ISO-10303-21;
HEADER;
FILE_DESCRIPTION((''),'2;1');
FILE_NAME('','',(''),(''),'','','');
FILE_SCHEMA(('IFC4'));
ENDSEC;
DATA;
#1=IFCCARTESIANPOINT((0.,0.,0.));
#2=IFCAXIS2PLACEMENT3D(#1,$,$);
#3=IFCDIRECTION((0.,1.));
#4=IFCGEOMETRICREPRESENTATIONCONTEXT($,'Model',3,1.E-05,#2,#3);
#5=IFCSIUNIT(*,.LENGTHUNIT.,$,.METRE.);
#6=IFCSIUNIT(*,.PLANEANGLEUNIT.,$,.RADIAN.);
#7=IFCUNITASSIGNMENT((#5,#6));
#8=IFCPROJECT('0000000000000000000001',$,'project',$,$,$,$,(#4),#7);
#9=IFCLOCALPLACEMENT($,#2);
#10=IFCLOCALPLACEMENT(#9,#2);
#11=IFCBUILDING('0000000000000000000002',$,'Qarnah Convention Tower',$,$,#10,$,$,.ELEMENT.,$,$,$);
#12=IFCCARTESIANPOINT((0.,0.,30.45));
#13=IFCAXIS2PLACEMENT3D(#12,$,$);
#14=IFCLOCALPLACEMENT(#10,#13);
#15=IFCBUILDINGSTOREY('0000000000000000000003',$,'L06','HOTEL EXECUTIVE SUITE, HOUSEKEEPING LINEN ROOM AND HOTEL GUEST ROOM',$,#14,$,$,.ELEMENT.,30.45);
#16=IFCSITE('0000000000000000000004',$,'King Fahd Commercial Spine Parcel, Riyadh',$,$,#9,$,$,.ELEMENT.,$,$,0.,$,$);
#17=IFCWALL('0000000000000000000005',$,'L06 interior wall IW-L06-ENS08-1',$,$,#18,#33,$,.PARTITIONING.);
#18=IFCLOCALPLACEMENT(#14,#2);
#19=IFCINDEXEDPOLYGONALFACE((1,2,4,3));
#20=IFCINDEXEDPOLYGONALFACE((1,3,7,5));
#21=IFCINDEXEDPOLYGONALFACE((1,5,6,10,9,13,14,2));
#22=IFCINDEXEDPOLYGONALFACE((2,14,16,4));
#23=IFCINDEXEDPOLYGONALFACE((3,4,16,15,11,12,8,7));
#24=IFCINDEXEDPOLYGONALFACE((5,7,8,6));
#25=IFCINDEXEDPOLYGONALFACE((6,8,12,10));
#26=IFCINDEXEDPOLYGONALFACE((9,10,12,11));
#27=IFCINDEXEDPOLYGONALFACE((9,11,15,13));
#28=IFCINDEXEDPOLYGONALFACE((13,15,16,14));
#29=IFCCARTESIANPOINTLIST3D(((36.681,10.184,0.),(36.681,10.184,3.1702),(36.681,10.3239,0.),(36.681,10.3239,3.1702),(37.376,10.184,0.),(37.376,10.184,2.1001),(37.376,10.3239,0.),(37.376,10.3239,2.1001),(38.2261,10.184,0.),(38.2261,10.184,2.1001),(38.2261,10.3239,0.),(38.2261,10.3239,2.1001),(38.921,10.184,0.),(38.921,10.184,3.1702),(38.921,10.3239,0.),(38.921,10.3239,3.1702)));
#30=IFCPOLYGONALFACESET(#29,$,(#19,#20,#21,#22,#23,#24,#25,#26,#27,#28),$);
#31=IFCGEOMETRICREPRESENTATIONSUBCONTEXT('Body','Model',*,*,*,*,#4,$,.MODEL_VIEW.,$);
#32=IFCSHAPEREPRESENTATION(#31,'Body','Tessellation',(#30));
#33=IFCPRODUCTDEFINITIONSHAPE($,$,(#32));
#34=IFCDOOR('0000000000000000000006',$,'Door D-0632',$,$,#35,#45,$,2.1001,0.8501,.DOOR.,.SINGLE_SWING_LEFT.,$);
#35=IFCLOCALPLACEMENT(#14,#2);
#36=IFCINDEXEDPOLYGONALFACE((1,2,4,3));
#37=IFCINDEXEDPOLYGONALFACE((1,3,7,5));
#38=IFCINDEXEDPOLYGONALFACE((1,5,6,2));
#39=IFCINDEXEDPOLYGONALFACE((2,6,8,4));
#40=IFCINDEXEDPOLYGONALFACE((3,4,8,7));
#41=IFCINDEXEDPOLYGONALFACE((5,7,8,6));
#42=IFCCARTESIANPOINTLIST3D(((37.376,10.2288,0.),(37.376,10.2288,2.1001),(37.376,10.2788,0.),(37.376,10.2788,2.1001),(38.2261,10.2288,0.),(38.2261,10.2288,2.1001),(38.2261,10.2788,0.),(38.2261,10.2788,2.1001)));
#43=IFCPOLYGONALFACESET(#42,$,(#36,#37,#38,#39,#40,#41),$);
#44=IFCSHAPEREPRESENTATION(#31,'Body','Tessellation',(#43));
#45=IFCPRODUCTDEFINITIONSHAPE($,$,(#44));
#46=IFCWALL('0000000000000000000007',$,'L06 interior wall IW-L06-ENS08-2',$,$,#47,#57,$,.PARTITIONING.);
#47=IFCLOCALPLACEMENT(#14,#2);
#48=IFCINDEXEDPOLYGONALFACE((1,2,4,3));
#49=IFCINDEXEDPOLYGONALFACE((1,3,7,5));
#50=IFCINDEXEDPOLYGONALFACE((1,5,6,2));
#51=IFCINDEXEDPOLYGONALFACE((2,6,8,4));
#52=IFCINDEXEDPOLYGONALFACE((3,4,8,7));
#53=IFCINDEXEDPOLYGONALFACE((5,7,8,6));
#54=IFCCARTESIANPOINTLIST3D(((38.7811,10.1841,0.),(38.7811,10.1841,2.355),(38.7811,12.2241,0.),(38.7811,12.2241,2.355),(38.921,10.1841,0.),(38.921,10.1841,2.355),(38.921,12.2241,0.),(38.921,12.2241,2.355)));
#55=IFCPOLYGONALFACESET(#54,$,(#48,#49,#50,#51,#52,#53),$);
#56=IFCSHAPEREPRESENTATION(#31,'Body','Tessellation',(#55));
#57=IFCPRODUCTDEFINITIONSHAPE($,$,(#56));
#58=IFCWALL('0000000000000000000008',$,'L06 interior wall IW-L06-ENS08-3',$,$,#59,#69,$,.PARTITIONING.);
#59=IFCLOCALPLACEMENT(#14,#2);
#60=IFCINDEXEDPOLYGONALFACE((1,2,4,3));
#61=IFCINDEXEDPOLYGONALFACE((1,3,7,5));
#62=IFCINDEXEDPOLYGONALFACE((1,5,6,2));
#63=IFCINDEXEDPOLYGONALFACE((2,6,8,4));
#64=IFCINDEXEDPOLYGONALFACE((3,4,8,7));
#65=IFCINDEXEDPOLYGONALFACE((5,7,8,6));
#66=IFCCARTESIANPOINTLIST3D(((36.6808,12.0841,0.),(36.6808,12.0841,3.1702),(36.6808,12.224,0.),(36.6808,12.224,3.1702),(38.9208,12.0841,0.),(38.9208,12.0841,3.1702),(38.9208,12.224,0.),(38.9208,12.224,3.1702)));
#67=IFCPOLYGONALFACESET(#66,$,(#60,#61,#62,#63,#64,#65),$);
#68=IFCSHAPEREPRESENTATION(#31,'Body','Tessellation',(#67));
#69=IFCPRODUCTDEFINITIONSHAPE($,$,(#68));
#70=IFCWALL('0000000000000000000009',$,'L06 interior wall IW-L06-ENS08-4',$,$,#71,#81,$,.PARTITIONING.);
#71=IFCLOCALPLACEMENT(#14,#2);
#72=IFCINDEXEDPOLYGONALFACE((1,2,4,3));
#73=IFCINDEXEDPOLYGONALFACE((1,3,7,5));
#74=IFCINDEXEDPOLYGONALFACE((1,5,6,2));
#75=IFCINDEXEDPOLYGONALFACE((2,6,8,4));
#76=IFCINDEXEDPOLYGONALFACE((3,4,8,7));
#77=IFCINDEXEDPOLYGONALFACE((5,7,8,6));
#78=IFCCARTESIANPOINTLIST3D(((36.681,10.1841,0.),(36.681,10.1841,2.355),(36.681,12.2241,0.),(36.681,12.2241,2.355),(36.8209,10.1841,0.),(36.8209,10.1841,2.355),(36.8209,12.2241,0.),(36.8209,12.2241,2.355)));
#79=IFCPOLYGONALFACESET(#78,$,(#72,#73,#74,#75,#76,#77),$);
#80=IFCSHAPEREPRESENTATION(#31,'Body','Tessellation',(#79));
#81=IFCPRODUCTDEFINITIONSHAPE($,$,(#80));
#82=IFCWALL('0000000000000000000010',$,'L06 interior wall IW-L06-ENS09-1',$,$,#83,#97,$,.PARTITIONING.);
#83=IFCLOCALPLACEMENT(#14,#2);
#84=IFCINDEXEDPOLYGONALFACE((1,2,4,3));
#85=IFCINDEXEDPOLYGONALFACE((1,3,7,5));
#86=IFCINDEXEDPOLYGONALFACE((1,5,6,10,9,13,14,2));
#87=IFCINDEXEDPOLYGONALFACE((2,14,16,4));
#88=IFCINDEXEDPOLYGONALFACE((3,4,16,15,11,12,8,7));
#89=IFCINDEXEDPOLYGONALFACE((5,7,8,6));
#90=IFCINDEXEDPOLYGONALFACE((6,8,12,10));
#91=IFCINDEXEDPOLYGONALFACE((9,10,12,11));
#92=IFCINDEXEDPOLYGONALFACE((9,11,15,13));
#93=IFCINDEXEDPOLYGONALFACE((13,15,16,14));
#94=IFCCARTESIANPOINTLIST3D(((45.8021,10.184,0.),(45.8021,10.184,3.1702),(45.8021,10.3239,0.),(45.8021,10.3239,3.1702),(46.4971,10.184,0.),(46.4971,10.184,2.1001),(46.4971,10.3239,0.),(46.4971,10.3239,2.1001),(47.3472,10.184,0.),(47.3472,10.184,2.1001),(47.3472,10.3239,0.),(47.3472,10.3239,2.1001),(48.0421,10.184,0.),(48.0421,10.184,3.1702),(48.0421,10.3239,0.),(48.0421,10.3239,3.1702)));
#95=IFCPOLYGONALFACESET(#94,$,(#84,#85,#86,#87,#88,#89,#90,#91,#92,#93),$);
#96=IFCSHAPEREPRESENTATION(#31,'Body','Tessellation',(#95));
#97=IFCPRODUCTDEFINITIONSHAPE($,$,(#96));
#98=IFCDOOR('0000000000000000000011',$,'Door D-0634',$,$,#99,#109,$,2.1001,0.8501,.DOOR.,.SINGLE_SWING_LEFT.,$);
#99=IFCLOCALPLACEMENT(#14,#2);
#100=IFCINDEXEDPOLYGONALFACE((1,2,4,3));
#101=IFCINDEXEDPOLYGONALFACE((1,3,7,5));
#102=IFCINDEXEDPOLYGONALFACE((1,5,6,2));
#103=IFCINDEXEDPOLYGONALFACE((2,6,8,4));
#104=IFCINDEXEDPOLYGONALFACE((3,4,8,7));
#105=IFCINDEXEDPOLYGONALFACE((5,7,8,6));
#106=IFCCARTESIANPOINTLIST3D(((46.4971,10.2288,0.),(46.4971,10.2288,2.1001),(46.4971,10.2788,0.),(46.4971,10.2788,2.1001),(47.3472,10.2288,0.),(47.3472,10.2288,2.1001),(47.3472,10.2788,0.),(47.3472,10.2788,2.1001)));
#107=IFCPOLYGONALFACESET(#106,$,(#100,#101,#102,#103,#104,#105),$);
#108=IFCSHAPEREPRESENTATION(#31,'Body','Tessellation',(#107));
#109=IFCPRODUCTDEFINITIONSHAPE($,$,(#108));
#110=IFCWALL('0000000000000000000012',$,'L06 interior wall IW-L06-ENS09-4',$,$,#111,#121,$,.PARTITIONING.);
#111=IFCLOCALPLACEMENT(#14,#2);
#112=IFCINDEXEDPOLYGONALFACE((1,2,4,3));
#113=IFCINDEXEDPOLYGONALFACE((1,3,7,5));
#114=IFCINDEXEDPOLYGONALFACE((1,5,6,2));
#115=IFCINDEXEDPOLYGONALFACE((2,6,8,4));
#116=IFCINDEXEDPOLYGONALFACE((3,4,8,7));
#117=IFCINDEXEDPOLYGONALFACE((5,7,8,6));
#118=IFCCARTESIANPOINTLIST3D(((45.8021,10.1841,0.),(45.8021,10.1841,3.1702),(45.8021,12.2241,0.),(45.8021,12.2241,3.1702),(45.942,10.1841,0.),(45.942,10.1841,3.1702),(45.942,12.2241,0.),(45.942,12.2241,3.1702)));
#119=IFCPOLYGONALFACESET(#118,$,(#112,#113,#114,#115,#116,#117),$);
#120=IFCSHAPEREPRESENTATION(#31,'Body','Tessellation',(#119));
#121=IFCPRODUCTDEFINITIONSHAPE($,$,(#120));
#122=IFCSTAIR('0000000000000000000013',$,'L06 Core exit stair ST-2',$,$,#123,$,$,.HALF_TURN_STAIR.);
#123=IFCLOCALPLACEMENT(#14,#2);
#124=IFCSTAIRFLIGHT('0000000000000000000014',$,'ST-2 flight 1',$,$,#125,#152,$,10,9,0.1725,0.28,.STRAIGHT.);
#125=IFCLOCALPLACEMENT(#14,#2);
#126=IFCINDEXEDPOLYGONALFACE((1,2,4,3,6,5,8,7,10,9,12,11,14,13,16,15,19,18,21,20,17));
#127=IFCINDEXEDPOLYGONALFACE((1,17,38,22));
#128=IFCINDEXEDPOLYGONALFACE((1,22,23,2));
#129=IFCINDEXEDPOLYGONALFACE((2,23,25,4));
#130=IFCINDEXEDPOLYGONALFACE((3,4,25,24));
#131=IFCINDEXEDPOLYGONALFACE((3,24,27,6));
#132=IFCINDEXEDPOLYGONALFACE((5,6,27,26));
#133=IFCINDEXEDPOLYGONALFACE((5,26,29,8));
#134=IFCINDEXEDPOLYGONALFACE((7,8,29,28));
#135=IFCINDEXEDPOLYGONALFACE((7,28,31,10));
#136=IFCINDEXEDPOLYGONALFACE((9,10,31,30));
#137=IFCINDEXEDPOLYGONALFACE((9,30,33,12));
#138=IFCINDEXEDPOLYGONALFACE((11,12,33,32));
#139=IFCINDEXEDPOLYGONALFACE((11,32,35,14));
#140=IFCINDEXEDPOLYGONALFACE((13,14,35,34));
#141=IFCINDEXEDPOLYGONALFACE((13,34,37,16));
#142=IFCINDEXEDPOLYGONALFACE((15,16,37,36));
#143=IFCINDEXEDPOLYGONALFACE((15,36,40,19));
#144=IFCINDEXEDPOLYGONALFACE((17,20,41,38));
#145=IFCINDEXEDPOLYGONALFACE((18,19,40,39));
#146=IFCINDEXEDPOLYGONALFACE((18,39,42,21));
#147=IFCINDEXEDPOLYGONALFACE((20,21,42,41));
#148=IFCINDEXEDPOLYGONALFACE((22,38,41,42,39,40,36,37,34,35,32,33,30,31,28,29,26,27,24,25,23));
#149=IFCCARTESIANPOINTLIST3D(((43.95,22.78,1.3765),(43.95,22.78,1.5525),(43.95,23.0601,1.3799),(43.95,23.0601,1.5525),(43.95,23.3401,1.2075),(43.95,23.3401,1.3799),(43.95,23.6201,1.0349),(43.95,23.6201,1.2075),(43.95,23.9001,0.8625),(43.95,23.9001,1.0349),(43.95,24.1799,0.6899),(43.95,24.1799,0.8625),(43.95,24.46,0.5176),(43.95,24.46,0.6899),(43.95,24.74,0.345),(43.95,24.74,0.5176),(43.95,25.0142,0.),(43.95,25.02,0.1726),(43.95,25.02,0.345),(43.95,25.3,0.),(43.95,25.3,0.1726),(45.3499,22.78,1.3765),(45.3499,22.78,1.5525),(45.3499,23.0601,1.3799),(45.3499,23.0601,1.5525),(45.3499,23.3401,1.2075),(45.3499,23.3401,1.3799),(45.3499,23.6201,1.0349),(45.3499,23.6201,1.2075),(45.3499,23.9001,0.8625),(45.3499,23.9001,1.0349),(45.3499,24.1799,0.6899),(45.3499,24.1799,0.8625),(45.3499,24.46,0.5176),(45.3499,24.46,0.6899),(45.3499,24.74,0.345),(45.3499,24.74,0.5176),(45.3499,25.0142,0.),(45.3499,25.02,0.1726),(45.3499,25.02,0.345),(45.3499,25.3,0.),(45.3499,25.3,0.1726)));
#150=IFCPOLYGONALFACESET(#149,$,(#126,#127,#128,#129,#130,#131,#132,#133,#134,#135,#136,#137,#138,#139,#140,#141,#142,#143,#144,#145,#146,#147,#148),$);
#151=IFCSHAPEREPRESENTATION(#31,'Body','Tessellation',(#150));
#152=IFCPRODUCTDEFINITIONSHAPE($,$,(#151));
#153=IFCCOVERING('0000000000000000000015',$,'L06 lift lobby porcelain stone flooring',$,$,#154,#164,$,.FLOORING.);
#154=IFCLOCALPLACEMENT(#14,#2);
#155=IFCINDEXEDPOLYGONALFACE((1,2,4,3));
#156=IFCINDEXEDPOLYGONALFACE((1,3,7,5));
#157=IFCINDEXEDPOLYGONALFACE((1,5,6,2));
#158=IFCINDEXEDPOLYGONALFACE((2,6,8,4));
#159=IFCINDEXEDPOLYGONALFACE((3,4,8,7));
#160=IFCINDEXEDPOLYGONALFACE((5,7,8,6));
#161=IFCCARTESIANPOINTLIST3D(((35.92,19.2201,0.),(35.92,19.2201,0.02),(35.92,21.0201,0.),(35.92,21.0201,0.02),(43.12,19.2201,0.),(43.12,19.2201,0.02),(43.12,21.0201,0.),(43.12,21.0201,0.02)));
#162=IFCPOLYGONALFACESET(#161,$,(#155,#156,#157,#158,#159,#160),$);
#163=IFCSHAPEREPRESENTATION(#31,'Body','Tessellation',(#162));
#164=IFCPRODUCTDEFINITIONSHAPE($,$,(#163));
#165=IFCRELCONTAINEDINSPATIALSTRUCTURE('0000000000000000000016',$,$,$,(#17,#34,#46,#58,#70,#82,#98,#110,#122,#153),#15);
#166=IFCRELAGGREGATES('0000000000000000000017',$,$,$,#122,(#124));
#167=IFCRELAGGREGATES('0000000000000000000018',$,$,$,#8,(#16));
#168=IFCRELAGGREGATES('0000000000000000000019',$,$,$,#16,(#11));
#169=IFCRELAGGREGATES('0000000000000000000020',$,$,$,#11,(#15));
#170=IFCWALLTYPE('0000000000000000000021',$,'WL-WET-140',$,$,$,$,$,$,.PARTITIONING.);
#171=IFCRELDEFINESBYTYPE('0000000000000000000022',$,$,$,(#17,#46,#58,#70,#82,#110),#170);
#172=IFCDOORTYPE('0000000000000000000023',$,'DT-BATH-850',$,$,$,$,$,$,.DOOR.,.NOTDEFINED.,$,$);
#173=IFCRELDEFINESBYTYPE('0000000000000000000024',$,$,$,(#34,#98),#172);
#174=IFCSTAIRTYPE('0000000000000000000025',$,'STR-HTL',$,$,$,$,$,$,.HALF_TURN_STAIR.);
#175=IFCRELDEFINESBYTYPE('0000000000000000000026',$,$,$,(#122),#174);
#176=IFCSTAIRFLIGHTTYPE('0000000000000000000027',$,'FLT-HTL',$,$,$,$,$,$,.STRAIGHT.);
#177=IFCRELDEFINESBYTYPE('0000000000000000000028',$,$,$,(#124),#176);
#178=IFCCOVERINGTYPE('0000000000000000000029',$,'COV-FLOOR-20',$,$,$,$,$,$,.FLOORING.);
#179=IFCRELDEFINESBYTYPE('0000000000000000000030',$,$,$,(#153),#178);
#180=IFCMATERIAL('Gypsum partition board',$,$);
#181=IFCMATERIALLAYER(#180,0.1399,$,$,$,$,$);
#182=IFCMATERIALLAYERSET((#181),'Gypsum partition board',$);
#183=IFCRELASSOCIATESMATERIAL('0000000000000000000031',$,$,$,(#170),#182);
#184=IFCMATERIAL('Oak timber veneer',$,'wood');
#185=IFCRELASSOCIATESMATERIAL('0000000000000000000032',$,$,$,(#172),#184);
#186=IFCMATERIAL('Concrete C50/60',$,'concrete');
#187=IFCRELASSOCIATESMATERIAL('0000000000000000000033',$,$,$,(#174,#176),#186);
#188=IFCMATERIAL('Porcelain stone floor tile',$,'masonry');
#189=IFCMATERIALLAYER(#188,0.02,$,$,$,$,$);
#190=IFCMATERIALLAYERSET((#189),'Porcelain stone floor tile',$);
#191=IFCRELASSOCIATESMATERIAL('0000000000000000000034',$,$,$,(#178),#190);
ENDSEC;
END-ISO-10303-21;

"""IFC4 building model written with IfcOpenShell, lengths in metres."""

from ifc_helpers import new_model, si_unit, direction, frame, frame_2d, origin, origin_2d, place, context, subcontext, project, spatial, polyline, rectangle, outline, extrude, material, layer, layer_set, type_object, element, fill, aggregate, save


model = new_model("IFC4")

# Units and contexts
model_context = context("Model", 3, precision=1e-05, world=origin(), true_north=direction((0.0, 1.0)))
body_context = subcontext(model_context, "Body", "Model", "MODEL_VIEW")
ifc_project = project(units=[si_unit("LENGTHUNIT", "METRE"), si_unit("PLANEANGLEUNIT", "RADIAN")], contexts=[model_context])

# Site, building, storey
site_placement = place(None, origin())
site = spatial("IfcSite", under=ifc_project, at=site_placement, Name="King Fahd Commercial Spine Parcel, Riyadh", CompositionType="ELEMENT", RefElevation=0.0)
building_placement = place(site_placement, origin())
building = spatial("IfcBuilding", under=site, at=building_placement, Name="Qarnah Convention Tower", CompositionType="ELEMENT")
storey_placement = place(building_placement, frame((0.0, 0.0, 30.45)))
storey = spatial("IfcBuildingStorey", under=building, at=storey_placement, Name="L06", Description="HOTEL EXECUTIVE SUITE, HOUSEKEEPING LINEN ROOM AND HOTEL GUEST ROOM", CompositionType="ELEMENT", Elevation=30.45)

# Shared definitions
ifc_material_1 = material(Name="Gypsum partition board")

# Wall, opening, door
ifc_material_2 = material(Name="Oak timber veneer", Category="wood")
ifc_layer_1 = layer(ifc_material_1, 0.1399)
ifc_layer_set_1 = layer_set([ifc_layer_1], Name="Gypsum partition board")
wall_type_1 = type_object("IfcWallType", Name="WL-WET-140", PredefinedType="PARTITIONING", material=ifc_layer_set_1)
wall_1_placement = place(storey_placement, frame((36.6809, 10.2539, 0.0), z_axis=(0.0, 0.0, 1.0), x_axis=(1.0, 0.0, 0.0)))
wall_1 = element("IfcWall", 1, at=wall_1_placement, inside=storey, type_object=wall_type_1, Name="L06 interior wall IW-L06-ENS08-1", PredefinedType="PARTITIONING", context=body_context, shape_type="SweptSolid", body=[
    extrude(rectangle(XDim=2.24, YDim=0.1399, at=frame_2d((1.1201, 0.0))), origin(), (0.0, 0.0, 1.0), 3.1702),
])
opening_1_placement = place(wall_1_placement, frame((0.6951, 0.0, 0.0)))
opening_1 = element("IfcOpeningElement", 2, at=opening_1_placement, cuts=wall_1, PredefinedType="OPENING", context=body_context, shape_type="SweptSolid", body=[
    extrude(rectangle(XDim=0.8501, YDim=2.1001, at=frame_2d((0.425, 1.05))), frame((0.0, 0.0798, 0.0), z_axis=(0.0, -1.0, 0.0), x_axis=(1.0, 0.0, 0.0)), (0.0, 0.0, 1.0), 0.1599),
])
door_type_1 = type_object("IfcDoorType", Name="DT-BATH-850", OperationType="NOTDEFINED", PredefinedType="DOOR", material=ifc_material_2)
door_1_placement = place(opening_1_placement, origin())
door_1 = element("IfcDoor", 3, at=door_1_placement, inside=storey, type_object=door_type_1, Name="Door D-0632", OperationType="SINGLE_SWING_LEFT", OverallHeight=2.1001, OverallWidth=0.8501, PredefinedType="DOOR", context=body_context, shape_type="SweptSolid", body=[
    extrude(rectangle(XDim=0.8501, YDim=2.1001, at=frame_2d((0.425, 1.05))), frame((0.0, 0.0249, 0.0), z_axis=(0.0, -1.0, 0.0), x_axis=(1.0, 0.0, 0.0)), (0.0, 0.0, 1.0), 0.05),
])
fill(opening_1, door_1)

# Walls
wall_2_placement = place(storey_placement, frame((38.8511, 10.1841, 0.0), z_axis=(0.0, 0.0, 1.0), x_axis=(0.0, 1.0, 0.0)))
element("IfcWall", 4, at=wall_2_placement, inside=storey, type_object=wall_type_1, Name="L06 interior wall IW-L06-ENS08-2", PredefinedType="PARTITIONING", context=body_context, shape_type="SweptSolid", body=[
    extrude(rectangle(XDim=2.04, YDim=0.1399, at=frame_2d((1.02, 0.0))), origin(), (0.0, 0.0, 1.0), 2.355),
])
wall_3_placement = place(storey_placement, frame((38.9209, 12.1541, 0.0), z_axis=(0.0, 0.0, 1.0), x_axis=(-1.0, 0.0, 0.0)))
element("IfcWall", 5, at=wall_3_placement, inside=storey, type_object=wall_type_1, Name="L06 interior wall IW-L06-ENS08-3", PredefinedType="PARTITIONING", context=body_context, shape_type="SweptSolid", body=[
    extrude(rectangle(XDim=2.24, YDim=0.1399, at=frame_2d((1.1201, 0.0))), origin(), (0.0, 0.0, 1.0), 3.1702),
])
wall_4_placement = place(storey_placement, frame((36.751, 12.2241, 0.0), z_axis=(0.0, 0.0, 1.0), x_axis=(0.0, -1.0, 0.0)))
element("IfcWall", 6, at=wall_4_placement, inside=storey, type_object=wall_type_1, Name="L06 interior wall IW-L06-ENS08-4", PredefinedType="PARTITIONING", context=body_context, shape_type="SweptSolid", body=[
    extrude(rectangle(XDim=2.04, YDim=0.1399, at=frame_2d((1.02, 0.0))), origin(), (0.0, 0.0, 1.0), 2.355),
])

# Wall, opening, door
wall_5_placement = place(storey_placement, frame((45.802, 10.2539, 0.0), z_axis=(0.0, 0.0, 1.0), x_axis=(1.0, 0.0, 0.0)))
wall_5 = element("IfcWall", 7, at=wall_5_placement, inside=storey, type_object=wall_type_1, Name="L06 interior wall IW-L06-ENS09-1", PredefinedType="PARTITIONING", context=body_context, shape_type="SweptSolid", body=[
    extrude(rectangle(XDim=2.24, YDim=0.1399, at=frame_2d((1.1201, 0.0))), origin(), (0.0, 0.0, 1.0), 3.1702),
])
opening_2_placement = place(wall_5_placement, frame((0.6951, 0.0, 0.0)))
opening_2 = element("IfcOpeningElement", 8, at=opening_2_placement, cuts=wall_5, PredefinedType="OPENING", context=body_context, shape_type="SweptSolid", body=[
    extrude(rectangle(XDim=0.8501, YDim=2.1001, at=frame_2d((0.425, 1.05))), frame((0.0, 0.0798, 0.0), z_axis=(0.0, -1.0, 0.0), x_axis=(1.0, 0.0, 0.0)), (0.0, 0.0, 1.0), 0.1599),
])
door_2_placement = place(opening_2_placement, origin())
door_2 = element("IfcDoor", 9, at=door_2_placement, inside=storey, type_object=door_type_1, Name="Door D-0634", OperationType="SINGLE_SWING_LEFT", OverallHeight=2.1001, OverallWidth=0.8501, PredefinedType="DOOR", context=body_context, shape_type="SweptSolid", body=[
    extrude(rectangle(XDim=0.8501, YDim=2.1001, at=frame_2d((0.425, 1.05))), frame((0.0, 0.0249, 0.0), z_axis=(0.0, -1.0, 0.0), x_axis=(1.0, 0.0, 0.0)), (0.0, 0.0, 1.0), 0.05),
])
fill(opening_2, door_2)

# Wall
wall_6_placement = place(storey_placement, frame((45.8721, 12.2241, 0.0), z_axis=(0.0, 0.0, 1.0), x_axis=(0.0, -1.0, 0.0)))
element("IfcWall", 10, at=wall_6_placement, inside=storey, type_object=wall_type_1, Name="L06 interior wall IW-L06-ENS09-4", PredefinedType="PARTITIONING", context=body_context, shape_type="SweptSolid", body=[
    extrude(rectangle(XDim=2.04, YDim=0.1399, at=frame_2d((1.02, 0.0))), origin(), (0.0, 0.0, 1.0), 3.1702),
])

# Stair, stair flight
ifc_material_3 = material(Name="Concrete C50/60", Category="concrete")
stair_type = type_object("IfcStairType", Name="STR-HTL", PredefinedType="HALF_TURN_STAIR", material=ifc_material_3)
stair_placement = place(storey_placement, origin())
stair = element("IfcStair", 11, at=stair_placement, inside=storey, type_object=stair_type, Name="L06 Core exit stair ST-2", PredefinedType="HALF_TURN_STAIR")
stair_flight_type = type_object("IfcStairFlightType", Name="FLT-HTL", PredefinedType="STRAIGHT", material=ifc_material_3)
stair_flight_placement = place(storey_placement, frame((44.6499, 25.3, 0.0), z_axis=(0.0, 0.0, 1.0), x_axis=(0.0, -1.0, 0.0)))
stair_flight = element("IfcStairFlight", 12, at=stair_flight_placement, type_object=stair_flight_type, Name="ST-2 flight 1", NumberOfRisers=10, NumberOfTreads=9, PredefinedType="STRAIGHT", RiserHeight=0.1725, TreadLength=0.28, context=body_context, shape_type="SweptSolid", body=[
    extrude(outline(polyline([(0.0, 0.0), (0.0, 0.1726), (0.28, 0.1726), (0.28, 0.345), (0.5601, 0.345), (0.5601, 0.5176), (0.8401, 0.5176), (0.8401, 0.6899), (1.1201, 0.6899), (1.1201, 0.8625), (1.3999, 0.8625), (1.3999, 1.0349), (1.6799, 1.0349), (1.6799, 1.2075), (1.96, 1.2075), (1.96, 1.3799), (2.24, 1.3799), (2.24, 1.5525), (2.52, 1.5525), (2.52, 1.7251), (2.52, 1.3765), (0.2859, 0.0), (0.0, 0.0)])), frame((0.0, 0.7, 0.0), z_axis=(0.0, -1.0, 0.0), x_axis=(1.0, 0.0, 0.0)), (0.0, 0.0, 1.0), 1.3999),
])
aggregate(stair, [stair_flight])

# Covering
ifc_material_4 = material(Name="Porcelain stone floor tile", Category="masonry")
ifc_layer_2 = layer(ifc_material_4, 0.02)
ifc_layer_set_2 = layer_set([ifc_layer_2], Name="Porcelain stone floor tile")
covering_type = type_object("IfcCoveringType", Name="COV-FLOOR-20", PredefinedType="FLOORING", material=ifc_layer_set_2)
covering_placement = place(storey_placement, frame((39.52, 20.1201, 0.0), z_axis=(0.0, 0.0, 1.0), x_axis=(1.0, 0.0, 0.0)))
element("IfcCovering", 13, at=covering_placement, inside=storey, type_object=covering_type, Name="L06 lift lobby porcelain stone flooring", PredefinedType="FLOORING", context=body_context, shape_type="SweptSolid", body=[
    extrude(rectangle(XDim=7.2, YDim=1.8, at=origin_2d()), origin(), (0.0, 0.0, 1.0), 0.02),
])

save(model, "model.ifc")
